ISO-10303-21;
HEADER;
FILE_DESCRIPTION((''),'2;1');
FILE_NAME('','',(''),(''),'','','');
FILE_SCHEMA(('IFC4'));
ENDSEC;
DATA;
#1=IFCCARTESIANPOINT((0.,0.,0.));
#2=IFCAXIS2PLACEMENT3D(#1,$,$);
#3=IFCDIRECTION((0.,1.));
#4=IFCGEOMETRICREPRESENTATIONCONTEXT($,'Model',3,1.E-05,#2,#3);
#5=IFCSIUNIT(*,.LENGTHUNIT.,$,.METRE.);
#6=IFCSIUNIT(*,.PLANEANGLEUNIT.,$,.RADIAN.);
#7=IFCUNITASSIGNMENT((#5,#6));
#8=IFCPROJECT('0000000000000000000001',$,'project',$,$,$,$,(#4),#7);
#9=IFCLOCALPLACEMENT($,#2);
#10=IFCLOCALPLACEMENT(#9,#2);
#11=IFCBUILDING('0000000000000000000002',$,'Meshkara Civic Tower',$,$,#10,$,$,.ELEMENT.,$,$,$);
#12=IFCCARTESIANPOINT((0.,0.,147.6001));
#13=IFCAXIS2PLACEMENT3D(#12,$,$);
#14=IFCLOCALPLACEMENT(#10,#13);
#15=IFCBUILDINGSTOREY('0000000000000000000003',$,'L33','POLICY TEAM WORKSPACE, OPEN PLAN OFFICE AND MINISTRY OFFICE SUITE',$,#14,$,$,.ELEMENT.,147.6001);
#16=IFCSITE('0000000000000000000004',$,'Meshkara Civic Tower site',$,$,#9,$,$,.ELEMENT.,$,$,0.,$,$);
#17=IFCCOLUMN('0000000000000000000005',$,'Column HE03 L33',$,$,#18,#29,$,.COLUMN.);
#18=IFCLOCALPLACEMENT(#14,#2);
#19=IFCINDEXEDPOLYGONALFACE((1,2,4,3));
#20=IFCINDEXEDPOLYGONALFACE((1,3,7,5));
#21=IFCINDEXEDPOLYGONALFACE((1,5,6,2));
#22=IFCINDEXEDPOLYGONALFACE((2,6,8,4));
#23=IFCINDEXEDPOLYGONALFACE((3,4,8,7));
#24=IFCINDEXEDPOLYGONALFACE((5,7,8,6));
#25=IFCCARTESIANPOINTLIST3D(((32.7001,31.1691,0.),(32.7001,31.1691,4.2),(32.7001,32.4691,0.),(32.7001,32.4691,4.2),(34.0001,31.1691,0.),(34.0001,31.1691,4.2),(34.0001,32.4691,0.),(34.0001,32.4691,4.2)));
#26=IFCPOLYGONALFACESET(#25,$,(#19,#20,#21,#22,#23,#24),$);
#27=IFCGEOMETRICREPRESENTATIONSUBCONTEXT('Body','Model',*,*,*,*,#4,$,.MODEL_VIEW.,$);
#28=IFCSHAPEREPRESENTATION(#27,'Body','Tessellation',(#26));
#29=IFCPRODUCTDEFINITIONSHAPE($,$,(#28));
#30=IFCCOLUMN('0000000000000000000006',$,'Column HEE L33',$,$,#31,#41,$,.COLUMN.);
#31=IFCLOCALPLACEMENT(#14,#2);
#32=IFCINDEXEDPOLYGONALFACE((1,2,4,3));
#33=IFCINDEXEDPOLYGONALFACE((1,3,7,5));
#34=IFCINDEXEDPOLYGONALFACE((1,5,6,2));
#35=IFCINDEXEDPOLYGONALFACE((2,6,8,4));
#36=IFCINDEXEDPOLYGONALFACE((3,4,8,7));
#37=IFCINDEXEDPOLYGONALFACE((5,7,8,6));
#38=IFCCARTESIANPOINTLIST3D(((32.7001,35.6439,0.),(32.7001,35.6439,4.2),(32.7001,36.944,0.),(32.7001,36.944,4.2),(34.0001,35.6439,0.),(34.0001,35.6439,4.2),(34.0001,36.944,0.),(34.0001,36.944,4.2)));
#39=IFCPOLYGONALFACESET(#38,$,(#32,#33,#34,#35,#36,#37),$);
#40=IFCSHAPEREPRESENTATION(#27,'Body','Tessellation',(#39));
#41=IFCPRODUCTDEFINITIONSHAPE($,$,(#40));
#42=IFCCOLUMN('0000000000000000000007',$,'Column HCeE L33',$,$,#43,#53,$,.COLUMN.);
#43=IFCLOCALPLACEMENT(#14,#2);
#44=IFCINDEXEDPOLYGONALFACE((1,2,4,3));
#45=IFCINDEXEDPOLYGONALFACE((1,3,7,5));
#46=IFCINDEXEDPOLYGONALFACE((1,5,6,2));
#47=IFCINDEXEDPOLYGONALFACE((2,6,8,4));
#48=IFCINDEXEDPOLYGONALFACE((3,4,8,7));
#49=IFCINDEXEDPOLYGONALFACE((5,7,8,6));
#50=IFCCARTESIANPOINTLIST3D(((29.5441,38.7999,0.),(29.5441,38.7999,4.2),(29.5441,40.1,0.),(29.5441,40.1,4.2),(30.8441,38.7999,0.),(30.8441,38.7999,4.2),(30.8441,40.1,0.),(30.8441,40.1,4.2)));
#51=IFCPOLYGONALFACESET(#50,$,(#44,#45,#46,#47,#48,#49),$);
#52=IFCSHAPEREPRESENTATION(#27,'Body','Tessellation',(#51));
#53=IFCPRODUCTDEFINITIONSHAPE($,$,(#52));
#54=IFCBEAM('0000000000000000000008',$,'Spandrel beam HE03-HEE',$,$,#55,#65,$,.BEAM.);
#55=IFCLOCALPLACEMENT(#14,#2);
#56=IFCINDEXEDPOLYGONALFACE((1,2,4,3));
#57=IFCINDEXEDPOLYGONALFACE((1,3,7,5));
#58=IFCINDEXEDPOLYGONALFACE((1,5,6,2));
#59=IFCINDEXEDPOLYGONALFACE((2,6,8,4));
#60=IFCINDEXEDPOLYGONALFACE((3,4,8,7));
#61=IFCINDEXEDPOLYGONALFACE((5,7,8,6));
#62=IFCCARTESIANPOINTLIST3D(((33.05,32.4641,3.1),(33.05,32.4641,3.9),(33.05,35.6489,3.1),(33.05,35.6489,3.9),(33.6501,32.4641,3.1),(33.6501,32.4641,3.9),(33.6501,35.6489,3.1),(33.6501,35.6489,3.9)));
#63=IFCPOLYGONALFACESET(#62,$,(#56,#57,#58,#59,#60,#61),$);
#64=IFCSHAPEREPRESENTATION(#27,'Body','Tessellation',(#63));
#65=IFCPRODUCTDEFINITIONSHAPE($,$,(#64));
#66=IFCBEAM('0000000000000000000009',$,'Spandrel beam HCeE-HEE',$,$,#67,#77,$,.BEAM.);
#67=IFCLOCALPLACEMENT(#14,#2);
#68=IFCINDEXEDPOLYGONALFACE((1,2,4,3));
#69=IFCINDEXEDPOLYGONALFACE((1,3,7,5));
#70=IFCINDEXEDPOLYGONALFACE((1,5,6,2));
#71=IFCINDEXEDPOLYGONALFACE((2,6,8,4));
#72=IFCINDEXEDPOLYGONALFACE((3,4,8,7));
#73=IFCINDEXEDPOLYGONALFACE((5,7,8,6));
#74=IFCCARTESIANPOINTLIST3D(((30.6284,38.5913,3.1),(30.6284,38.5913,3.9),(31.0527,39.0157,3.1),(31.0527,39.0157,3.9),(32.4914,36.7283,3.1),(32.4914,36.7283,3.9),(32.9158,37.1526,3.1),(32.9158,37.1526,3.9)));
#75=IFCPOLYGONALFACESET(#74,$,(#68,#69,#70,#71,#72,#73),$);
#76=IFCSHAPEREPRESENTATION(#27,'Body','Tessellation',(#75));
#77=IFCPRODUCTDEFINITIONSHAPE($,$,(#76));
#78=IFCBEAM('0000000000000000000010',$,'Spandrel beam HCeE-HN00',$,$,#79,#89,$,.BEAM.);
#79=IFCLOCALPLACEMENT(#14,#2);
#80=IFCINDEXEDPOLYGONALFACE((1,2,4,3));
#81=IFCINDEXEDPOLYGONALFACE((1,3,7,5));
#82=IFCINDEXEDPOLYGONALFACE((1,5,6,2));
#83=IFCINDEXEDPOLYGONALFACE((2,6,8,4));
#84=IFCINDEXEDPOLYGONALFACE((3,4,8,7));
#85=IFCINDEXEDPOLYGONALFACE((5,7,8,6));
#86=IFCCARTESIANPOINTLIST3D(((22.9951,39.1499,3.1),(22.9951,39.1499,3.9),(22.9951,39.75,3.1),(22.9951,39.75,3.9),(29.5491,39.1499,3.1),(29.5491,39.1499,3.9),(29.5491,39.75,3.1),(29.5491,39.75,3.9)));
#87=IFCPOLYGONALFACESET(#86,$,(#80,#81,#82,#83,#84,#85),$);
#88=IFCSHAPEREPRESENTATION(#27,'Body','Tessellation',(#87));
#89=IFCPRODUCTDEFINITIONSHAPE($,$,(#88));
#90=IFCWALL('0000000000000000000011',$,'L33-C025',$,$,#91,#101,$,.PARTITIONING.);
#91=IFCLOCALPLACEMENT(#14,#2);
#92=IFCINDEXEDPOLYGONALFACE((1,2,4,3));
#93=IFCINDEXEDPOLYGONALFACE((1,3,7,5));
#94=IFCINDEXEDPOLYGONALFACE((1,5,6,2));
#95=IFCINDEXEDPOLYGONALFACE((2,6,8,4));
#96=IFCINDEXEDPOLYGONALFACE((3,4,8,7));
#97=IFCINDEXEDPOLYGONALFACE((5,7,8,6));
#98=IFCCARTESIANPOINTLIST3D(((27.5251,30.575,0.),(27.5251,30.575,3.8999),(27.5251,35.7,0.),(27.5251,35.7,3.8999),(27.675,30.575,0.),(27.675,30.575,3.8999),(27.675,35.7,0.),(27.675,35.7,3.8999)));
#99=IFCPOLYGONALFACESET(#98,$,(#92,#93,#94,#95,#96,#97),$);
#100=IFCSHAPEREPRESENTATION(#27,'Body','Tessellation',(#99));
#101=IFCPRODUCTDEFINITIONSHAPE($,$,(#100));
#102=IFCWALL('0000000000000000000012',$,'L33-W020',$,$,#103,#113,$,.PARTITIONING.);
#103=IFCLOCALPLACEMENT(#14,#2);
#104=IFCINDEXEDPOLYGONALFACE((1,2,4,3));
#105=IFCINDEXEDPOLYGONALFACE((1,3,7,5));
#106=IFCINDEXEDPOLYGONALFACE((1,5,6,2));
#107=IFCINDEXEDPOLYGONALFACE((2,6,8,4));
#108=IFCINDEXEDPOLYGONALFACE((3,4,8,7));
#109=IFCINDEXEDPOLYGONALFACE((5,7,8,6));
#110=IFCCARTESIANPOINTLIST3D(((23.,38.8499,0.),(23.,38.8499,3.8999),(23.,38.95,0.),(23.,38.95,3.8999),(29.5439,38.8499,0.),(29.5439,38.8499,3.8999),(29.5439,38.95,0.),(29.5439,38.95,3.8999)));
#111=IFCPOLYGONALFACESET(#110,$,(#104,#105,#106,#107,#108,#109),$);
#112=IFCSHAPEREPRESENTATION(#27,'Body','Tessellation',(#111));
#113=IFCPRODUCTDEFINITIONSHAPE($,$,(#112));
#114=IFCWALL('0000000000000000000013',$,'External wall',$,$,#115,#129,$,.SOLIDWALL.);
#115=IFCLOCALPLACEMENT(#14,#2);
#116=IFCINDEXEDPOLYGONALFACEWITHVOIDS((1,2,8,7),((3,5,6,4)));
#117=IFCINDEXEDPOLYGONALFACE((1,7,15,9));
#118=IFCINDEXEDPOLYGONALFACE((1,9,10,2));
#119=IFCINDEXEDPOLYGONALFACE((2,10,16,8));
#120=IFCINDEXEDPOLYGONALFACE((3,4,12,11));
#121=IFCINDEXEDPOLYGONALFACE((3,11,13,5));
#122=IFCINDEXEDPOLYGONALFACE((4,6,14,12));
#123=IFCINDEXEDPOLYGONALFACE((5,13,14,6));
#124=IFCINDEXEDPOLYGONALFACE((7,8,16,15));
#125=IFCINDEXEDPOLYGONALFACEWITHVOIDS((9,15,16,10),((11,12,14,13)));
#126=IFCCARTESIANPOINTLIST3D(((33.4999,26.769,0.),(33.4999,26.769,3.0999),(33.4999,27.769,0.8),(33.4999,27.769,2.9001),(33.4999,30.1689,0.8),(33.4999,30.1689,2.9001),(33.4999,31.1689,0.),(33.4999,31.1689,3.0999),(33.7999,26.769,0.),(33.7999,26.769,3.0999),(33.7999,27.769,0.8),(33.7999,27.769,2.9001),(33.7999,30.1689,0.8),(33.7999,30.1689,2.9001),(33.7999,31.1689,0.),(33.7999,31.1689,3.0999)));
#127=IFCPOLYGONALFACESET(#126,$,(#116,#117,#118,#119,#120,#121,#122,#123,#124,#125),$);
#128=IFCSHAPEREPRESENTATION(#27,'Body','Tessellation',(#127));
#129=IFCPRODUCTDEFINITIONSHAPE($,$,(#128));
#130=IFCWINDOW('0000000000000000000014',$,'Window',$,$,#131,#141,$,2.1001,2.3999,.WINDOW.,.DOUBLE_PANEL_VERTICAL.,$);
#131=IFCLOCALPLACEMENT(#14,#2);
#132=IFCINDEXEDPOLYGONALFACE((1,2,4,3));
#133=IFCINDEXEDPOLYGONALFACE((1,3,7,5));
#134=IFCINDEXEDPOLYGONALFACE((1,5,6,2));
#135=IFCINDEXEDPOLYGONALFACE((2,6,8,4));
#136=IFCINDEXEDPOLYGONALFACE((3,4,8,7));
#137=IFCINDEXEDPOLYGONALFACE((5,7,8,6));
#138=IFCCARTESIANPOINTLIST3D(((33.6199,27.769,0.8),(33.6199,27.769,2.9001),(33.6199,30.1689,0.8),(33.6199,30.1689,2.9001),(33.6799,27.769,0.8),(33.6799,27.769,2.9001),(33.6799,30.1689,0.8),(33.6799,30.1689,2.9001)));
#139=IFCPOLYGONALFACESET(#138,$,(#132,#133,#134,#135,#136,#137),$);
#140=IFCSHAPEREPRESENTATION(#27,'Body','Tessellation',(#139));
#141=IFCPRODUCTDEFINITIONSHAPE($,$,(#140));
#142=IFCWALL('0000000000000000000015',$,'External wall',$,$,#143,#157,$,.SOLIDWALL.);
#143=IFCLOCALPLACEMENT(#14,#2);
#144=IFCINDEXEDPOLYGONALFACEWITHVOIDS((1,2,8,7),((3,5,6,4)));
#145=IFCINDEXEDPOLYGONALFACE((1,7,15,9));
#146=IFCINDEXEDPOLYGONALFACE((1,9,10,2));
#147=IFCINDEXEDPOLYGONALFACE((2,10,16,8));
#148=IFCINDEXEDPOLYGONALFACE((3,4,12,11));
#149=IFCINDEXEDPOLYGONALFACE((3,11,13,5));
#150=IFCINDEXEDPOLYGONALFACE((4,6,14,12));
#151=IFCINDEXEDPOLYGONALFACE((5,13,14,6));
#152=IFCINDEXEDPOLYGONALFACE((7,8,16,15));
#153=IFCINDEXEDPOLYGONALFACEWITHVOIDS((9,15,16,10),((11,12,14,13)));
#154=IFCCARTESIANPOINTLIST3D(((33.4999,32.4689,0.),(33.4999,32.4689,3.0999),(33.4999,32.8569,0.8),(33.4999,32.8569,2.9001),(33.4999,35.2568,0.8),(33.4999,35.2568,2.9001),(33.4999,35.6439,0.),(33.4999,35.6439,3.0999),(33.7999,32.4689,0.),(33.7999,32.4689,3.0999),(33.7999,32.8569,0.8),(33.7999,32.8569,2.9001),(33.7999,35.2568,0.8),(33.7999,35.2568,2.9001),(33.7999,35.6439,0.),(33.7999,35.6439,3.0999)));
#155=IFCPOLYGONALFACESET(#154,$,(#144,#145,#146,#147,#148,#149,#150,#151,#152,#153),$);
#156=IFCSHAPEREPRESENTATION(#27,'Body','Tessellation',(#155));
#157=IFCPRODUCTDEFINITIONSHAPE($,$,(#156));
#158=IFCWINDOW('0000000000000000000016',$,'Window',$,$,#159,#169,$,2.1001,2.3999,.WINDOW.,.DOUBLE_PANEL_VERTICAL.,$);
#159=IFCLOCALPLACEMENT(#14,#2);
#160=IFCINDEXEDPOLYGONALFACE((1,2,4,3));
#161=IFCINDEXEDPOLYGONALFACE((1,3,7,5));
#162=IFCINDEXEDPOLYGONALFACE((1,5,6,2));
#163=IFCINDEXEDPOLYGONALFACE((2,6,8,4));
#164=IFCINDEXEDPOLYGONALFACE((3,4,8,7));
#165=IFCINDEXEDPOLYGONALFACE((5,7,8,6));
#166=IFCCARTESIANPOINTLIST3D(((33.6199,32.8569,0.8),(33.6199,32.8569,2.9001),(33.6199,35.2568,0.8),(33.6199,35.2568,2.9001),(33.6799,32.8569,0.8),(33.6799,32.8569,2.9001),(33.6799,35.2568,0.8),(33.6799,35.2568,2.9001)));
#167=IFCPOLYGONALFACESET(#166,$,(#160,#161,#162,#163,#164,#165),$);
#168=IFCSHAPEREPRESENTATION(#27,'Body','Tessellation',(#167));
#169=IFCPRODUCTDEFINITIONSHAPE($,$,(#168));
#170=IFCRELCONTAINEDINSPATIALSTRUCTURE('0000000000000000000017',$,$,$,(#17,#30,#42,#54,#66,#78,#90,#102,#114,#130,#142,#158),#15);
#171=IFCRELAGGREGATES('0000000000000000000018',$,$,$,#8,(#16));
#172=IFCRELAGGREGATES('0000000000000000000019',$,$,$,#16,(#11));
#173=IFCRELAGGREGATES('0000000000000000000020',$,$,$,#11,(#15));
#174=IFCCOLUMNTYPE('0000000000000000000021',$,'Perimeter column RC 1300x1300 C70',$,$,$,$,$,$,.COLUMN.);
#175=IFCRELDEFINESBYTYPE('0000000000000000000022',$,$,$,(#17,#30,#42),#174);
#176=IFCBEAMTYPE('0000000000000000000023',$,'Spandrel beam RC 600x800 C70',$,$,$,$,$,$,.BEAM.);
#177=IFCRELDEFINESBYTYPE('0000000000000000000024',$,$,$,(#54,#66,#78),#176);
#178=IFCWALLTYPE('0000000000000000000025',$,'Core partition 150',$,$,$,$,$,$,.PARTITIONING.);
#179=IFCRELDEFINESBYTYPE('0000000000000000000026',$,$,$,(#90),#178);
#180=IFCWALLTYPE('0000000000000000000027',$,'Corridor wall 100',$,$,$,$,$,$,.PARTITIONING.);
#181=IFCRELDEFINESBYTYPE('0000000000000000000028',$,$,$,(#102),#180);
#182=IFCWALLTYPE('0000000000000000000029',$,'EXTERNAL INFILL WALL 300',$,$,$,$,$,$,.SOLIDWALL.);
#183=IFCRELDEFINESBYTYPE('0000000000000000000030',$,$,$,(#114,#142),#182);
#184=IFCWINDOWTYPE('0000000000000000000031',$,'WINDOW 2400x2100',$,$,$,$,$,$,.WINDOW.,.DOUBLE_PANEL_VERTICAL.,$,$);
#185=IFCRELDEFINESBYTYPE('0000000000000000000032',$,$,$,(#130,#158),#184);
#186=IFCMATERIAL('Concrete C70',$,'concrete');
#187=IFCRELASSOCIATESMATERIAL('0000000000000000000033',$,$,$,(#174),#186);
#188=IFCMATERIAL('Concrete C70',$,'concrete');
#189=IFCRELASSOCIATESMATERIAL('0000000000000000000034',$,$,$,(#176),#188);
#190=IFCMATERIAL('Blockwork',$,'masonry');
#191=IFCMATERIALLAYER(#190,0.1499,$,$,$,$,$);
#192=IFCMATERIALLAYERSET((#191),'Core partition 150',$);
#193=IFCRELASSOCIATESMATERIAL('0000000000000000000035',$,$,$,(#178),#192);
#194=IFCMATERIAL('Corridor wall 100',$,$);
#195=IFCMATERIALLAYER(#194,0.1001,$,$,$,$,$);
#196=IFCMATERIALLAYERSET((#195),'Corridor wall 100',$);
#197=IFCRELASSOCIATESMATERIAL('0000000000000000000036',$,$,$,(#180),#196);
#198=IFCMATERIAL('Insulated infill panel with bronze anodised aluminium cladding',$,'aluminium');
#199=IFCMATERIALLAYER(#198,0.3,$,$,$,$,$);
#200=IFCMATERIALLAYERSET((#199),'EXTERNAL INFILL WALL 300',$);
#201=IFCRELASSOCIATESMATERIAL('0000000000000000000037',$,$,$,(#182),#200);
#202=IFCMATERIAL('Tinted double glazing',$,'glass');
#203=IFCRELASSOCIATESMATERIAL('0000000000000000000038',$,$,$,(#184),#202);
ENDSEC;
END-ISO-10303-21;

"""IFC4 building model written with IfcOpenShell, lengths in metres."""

from ifc_helpers import new_model, si_unit, direction, frame, frame_2d, origin, origin_2d, place, context, subcontext, project, spatial, rectangle, extrude, material, layer, layer_set, material_profile, profile_set, type_object, element, fill, save


model = new_model("IFC4")

# Units and contexts
model_context = context("Model", 3, precision=1e-05, world=origin(), true_north=direction((0.0, 1.0)))
body_context = subcontext(model_context, "Body", "Model", "MODEL_VIEW")
ifc_project = project(units=[si_unit("LENGTHUNIT", "METRE"), si_unit("PLANEANGLEUNIT", "RADIAN")], contexts=[model_context])

# Site, building, storey
site_placement = place(None, origin())
site = spatial("IfcSite", under=ifc_project, at=site_placement, Name="Meshkara Civic Tower site", CompositionType="ELEMENT", RefElevation=0.0)
building_placement = place(site_placement, origin())
building = spatial("IfcBuilding", under=site, at=building_placement, Name="Meshkara Civic Tower", CompositionType="ELEMENT")
storey_placement = place(building_placement, frame((0.0, 0.0, 147.6001)))
storey = spatial("IfcBuildingStorey", under=building, at=storey_placement, Name="L33", Description="POLICY TEAM WORKSPACE, OPEN PLAN OFFICE AND MINISTRY OFFICE SUITE", CompositionType="ELEMENT", Elevation=147.6001)

# Columns
ifc_material_1 = material(Name="Concrete C70", Category="concrete")
ifc_material_profile_1 = material_profile(ifc_material_1, rectangle(XDim=1.3, YDim=1.3, at=origin_2d()))
ifc_profile_set_1 = profile_set([ifc_material_profile_1], Name="Concrete C70")
column_type = type_object("IfcColumnType", Name="Perimeter column RC 1300x1300 C70", PredefinedType="COLUMN", material=ifc_profile_set_1)
for number, where, z_axis, x_axis, name in (
    (1, (33.3501, 31.8191, 0.0), (0.0, 0.0, 1.0), (1.0, 0.0, 0.0), "Column HE03 L33"),
    (2, (33.3501, 36.2939, 0.0), (0.0, 0.0, 1.0), (1.0, 0.0, 0.0), "Column HEE L33"),
    (3, (30.1941, 39.45, 0.0), (0.0, 0.0, 1.0), (1.0, 0.0, 0.0), "Column HCeE L33"),
):
    element("IfcColumn", number, at=place(storey_placement, frame(where, z_axis=z_axis, x_axis=x_axis)), inside=storey, type_object=column_type, Name=name, PredefinedType="COLUMN", context=body_context, shape_type="SweptSolid", body=[
        extrude(rectangle(XDim=1.3, YDim=1.3, at=origin_2d()), origin(), (0.0, 0.0, 1.0), 4.2),
    ])

# Beams
ifc_material_2 = material(Name="Concrete C70", Category="concrete")
ifc_material_profile_2 = material_profile(ifc_material_2, rectangle(XDim=0.6001, YDim=0.8, at=origin_2d()))
ifc_profile_set_2 = profile_set([ifc_material_profile_2], Name="Concrete C70")
beam_type = type_object("IfcBeamType", Name="Spandrel beam RC 600x800 C70", PredefinedType="BEAM", material=ifc_profile_set_2)
beam_1_placement = place(storey_placement, frame((33.3501, 32.4641, 3.5), z_axis=(0.0, 1.0, 0.0), x_axis=(-1.0, 0.0, 0.0)))
element("IfcBeam", 4, at=beam_1_placement, inside=storey, type_object=beam_type, Name="Spandrel beam HE03-HEE", PredefinedType="BEAM", context=body_context, shape_type="SweptSolid", body=[
    extrude(rectangle(XDim=0.6001, YDim=0.8, at=origin_2d()), origin(), (0.0, 0.0, 1.0), 3.1848),
])
beam_2_placement = place(storey_placement, frame((32.7036, 36.9404, 3.5), z_axis=(-0.707107, 0.707107, 0.0), x_axis=(-0.707107, -0.707107, 0.0)))
element("IfcBeam", 5, at=beam_2_placement, inside=storey, type_object=beam_type, Name="Spandrel beam HCeE-HEE", PredefinedType="BEAM", context=body_context, shape_type="SweptSolid", body=[
    extrude(rectangle(XDim=0.6001, YDim=0.8, at=origin_2d()), origin(), (0.0, 0.0, 1.0), 2.6348),
])
beam_3_placement = place(storey_placement, frame((29.5491, 39.45, 3.5), z_axis=(-1.0, 0.0, 0.0), x_axis=(0.0, -1.0, 0.0)))
element("IfcBeam", 6, at=beam_3_placement, inside=storey, type_object=beam_type, Name="Spandrel beam HCeE-HN00", PredefinedType="BEAM", context=body_context, shape_type="SweptSolid", body=[
    extrude(rectangle(XDim=0.6001, YDim=0.8, at=origin_2d()), origin(), (0.0, 0.0, 1.0), 6.554),
])

# Walls
ifc_material_3 = material(Name="Blockwork", Category="masonry")
ifc_layer_1 = layer(ifc_material_3, 0.1499)
ifc_layer_set_1 = layer_set([ifc_layer_1], Name="Core partition 150")
wall_type_1 = type_object("IfcWallType", Name="Core partition 150", PredefinedType="PARTITIONING", material=ifc_layer_set_1)
wall_1_placement = place(storey_placement, frame((27.6001, 30.575, 0.0), z_axis=(0.0, 0.0, 1.0), x_axis=(0.0, 1.0, 0.0)))
element("IfcWall", 7, at=wall_1_placement, inside=storey, type_object=wall_type_1, Name="L33-C025", PredefinedType="PARTITIONING", context=body_context, shape_type="SweptSolid", body=[
    extrude(rectangle(XDim=5.125, YDim=0.1499, at=frame_2d((2.5625, 0.0))), origin(), (0.0, 0.0, 1.0), 3.8999),
])
ifc_material_4 = material(Name="Corridor wall 100")
ifc_layer_2 = layer(ifc_material_4, 0.1001)
ifc_layer_set_2 = layer_set([ifc_layer_2], Name="Corridor wall 100")
wall_type_2 = type_object("IfcWallType", Name="Corridor wall 100", PredefinedType="PARTITIONING", material=ifc_layer_set_2)
wall_2_placement = place(storey_placement, frame((29.5439, 38.8999, 0.0), z_axis=(0.0, 0.0, 1.0), x_axis=(-1.0, 0.0, 0.0)))
element("IfcWall", 8, at=wall_2_placement, inside=storey, type_object=wall_type_2, Name="L33-W020", PredefinedType="PARTITIONING", context=body_context, shape_type="SweptSolid", body=[
    extrude(rectangle(XDim=6.5439, YDim=0.1001, at=frame_2d((3.272, 0.0))), origin(), (0.0, 0.0, 1.0), 3.8999),
])

# Walls, openings, windows
ifc_material_5 = material(Name="Insulated infill panel with bronze anodised aluminium cladding", Category="aluminium")
ifc_layer_3 = layer(ifc_material_5, 0.3)
ifc_layer_set_3 = layer_set([ifc_layer_3], Name="EXTERNAL INFILL WALL 300")
wall_type_3 = type_object("IfcWallType", Name="EXTERNAL INFILL WALL 300", PredefinedType="SOLIDWALL", material=ifc_layer_set_3)
wall_3_placement = place(storey_placement, frame((33.6499, 26.769, 0.0), z_axis=(0.0, 0.0, 1.0), x_axis=(0.0, 1.0, 0.0)))
wall_3 = element("IfcWall", 9, at=wall_3_placement, inside=storey, type_object=wall_type_3, Name="External wall", PredefinedType="SOLIDWALL", context=body_context, shape_type="SweptSolid", body=[
    extrude(rectangle(XDim=4.3999, YDim=0.3, at=frame_2d((2.2, 0.0))), origin(), (0.0, 0.0, 1.0), 3.0999),
])
opening_1_placement = place(wall_3_placement, frame((1.0, 0.0, 0.8)))
opening_1 = element("IfcOpeningElement", 10, at=opening_1_placement, cuts=wall_3, PredefinedType="OPENING", context=body_context, shape_type="SweptSolid", body=[
    extrude(rectangle(XDim=2.3999, YDim=2.1001, at=frame_2d((1.2, 1.05))), frame((0.0, 0.1599, 0.0), z_axis=(0.0, -1.0, 0.0), x_axis=(1.0, 0.0, 0.0)), (0.0, 0.0, 1.0), 0.3201),
])
ifc_material_6 = material(Name="Tinted double glazing", Category="glass")
window_type_1 = type_object("IfcWindowType", Name="WINDOW 2400x2100", PartitioningType="DOUBLE_PANEL_VERTICAL", PredefinedType="WINDOW", material=ifc_material_6)
window_1_placement = place(opening_1_placement, origin())
window_1 = element("IfcWindow", 11, at=window_1_placement, inside=storey, type_object=window_type_1, Name="Window", OverallHeight=2.1001, OverallWidth=2.3999, PartitioningType="DOUBLE_PANEL_VERTICAL", PredefinedType="WINDOW", context=body_context, shape_type="SweptSolid", body=[
    extrude(rectangle(XDim=2.3999, YDim=2.1001, at=frame_2d((1.2, 1.05))), frame((0.0, 0.03, 0.0), z_axis=(0.0, -1.0, 0.0), x_axis=(1.0, 0.0, 0.0)), (0.0, 0.0, 1.0), 0.0601),
])
fill(opening_1, window_1)
wall_4_placement = place(storey_placement, frame((33.6499, 32.469, 0.0), z_axis=(0.0, 0.0, 1.0), x_axis=(0.0, 1.0, 0.0)))
wall_4 = element("IfcWall", 12, at=wall_4_placement, inside=storey, type_object=wall_type_3, Name="External wall", PredefinedType="SOLIDWALL", context=body_context, shape_type="SweptSolid", body=[
    extrude(rectangle(XDim=3.175, YDim=0.3, at=frame_2d((1.5874, 0.0))), origin(), (0.0, 0.0, 1.0), 3.0999),
])
opening_2_placement = place(wall_4_placement, frame((0.3879, 0.0, 0.8)))
opening_2 = element("IfcOpeningElement", 13, at=opening_2_placement, cuts=wall_4, PredefinedType="OPENING", context=body_context, shape_type="SweptSolid", body=[
    extrude(rectangle(XDim=2.3999, YDim=2.1001, at=frame_2d((1.2, 1.05))), frame((0.0, 0.1599, 0.0), z_axis=(0.0, -1.0, 0.0), x_axis=(1.0, 0.0, 0.0)), (0.0, 0.0, 1.0), 0.3201),
])
window_2_placement = place(opening_2_placement, origin())
window_2 = element("IfcWindow", 14, at=window_2_placement, inside=storey, type_object=window_type_1, Name="Window", OverallHeight=2.1001, OverallWidth=2.3999, PartitioningType="DOUBLE_PANEL_VERTICAL", PredefinedType="WINDOW", context=body_context, shape_type="SweptSolid", body=[
    extrude(rectangle(XDim=2.3999, YDim=2.1001, at=frame_2d((1.2, 1.05))), frame((0.0, 0.03, 0.0), z_axis=(0.0, -1.0, 0.0), x_axis=(1.0, 0.0, 0.0)), (0.0, 0.0, 1.0), 0.0601),
])
fill(opening_2, window_2)

save(model, "model.ifc")
